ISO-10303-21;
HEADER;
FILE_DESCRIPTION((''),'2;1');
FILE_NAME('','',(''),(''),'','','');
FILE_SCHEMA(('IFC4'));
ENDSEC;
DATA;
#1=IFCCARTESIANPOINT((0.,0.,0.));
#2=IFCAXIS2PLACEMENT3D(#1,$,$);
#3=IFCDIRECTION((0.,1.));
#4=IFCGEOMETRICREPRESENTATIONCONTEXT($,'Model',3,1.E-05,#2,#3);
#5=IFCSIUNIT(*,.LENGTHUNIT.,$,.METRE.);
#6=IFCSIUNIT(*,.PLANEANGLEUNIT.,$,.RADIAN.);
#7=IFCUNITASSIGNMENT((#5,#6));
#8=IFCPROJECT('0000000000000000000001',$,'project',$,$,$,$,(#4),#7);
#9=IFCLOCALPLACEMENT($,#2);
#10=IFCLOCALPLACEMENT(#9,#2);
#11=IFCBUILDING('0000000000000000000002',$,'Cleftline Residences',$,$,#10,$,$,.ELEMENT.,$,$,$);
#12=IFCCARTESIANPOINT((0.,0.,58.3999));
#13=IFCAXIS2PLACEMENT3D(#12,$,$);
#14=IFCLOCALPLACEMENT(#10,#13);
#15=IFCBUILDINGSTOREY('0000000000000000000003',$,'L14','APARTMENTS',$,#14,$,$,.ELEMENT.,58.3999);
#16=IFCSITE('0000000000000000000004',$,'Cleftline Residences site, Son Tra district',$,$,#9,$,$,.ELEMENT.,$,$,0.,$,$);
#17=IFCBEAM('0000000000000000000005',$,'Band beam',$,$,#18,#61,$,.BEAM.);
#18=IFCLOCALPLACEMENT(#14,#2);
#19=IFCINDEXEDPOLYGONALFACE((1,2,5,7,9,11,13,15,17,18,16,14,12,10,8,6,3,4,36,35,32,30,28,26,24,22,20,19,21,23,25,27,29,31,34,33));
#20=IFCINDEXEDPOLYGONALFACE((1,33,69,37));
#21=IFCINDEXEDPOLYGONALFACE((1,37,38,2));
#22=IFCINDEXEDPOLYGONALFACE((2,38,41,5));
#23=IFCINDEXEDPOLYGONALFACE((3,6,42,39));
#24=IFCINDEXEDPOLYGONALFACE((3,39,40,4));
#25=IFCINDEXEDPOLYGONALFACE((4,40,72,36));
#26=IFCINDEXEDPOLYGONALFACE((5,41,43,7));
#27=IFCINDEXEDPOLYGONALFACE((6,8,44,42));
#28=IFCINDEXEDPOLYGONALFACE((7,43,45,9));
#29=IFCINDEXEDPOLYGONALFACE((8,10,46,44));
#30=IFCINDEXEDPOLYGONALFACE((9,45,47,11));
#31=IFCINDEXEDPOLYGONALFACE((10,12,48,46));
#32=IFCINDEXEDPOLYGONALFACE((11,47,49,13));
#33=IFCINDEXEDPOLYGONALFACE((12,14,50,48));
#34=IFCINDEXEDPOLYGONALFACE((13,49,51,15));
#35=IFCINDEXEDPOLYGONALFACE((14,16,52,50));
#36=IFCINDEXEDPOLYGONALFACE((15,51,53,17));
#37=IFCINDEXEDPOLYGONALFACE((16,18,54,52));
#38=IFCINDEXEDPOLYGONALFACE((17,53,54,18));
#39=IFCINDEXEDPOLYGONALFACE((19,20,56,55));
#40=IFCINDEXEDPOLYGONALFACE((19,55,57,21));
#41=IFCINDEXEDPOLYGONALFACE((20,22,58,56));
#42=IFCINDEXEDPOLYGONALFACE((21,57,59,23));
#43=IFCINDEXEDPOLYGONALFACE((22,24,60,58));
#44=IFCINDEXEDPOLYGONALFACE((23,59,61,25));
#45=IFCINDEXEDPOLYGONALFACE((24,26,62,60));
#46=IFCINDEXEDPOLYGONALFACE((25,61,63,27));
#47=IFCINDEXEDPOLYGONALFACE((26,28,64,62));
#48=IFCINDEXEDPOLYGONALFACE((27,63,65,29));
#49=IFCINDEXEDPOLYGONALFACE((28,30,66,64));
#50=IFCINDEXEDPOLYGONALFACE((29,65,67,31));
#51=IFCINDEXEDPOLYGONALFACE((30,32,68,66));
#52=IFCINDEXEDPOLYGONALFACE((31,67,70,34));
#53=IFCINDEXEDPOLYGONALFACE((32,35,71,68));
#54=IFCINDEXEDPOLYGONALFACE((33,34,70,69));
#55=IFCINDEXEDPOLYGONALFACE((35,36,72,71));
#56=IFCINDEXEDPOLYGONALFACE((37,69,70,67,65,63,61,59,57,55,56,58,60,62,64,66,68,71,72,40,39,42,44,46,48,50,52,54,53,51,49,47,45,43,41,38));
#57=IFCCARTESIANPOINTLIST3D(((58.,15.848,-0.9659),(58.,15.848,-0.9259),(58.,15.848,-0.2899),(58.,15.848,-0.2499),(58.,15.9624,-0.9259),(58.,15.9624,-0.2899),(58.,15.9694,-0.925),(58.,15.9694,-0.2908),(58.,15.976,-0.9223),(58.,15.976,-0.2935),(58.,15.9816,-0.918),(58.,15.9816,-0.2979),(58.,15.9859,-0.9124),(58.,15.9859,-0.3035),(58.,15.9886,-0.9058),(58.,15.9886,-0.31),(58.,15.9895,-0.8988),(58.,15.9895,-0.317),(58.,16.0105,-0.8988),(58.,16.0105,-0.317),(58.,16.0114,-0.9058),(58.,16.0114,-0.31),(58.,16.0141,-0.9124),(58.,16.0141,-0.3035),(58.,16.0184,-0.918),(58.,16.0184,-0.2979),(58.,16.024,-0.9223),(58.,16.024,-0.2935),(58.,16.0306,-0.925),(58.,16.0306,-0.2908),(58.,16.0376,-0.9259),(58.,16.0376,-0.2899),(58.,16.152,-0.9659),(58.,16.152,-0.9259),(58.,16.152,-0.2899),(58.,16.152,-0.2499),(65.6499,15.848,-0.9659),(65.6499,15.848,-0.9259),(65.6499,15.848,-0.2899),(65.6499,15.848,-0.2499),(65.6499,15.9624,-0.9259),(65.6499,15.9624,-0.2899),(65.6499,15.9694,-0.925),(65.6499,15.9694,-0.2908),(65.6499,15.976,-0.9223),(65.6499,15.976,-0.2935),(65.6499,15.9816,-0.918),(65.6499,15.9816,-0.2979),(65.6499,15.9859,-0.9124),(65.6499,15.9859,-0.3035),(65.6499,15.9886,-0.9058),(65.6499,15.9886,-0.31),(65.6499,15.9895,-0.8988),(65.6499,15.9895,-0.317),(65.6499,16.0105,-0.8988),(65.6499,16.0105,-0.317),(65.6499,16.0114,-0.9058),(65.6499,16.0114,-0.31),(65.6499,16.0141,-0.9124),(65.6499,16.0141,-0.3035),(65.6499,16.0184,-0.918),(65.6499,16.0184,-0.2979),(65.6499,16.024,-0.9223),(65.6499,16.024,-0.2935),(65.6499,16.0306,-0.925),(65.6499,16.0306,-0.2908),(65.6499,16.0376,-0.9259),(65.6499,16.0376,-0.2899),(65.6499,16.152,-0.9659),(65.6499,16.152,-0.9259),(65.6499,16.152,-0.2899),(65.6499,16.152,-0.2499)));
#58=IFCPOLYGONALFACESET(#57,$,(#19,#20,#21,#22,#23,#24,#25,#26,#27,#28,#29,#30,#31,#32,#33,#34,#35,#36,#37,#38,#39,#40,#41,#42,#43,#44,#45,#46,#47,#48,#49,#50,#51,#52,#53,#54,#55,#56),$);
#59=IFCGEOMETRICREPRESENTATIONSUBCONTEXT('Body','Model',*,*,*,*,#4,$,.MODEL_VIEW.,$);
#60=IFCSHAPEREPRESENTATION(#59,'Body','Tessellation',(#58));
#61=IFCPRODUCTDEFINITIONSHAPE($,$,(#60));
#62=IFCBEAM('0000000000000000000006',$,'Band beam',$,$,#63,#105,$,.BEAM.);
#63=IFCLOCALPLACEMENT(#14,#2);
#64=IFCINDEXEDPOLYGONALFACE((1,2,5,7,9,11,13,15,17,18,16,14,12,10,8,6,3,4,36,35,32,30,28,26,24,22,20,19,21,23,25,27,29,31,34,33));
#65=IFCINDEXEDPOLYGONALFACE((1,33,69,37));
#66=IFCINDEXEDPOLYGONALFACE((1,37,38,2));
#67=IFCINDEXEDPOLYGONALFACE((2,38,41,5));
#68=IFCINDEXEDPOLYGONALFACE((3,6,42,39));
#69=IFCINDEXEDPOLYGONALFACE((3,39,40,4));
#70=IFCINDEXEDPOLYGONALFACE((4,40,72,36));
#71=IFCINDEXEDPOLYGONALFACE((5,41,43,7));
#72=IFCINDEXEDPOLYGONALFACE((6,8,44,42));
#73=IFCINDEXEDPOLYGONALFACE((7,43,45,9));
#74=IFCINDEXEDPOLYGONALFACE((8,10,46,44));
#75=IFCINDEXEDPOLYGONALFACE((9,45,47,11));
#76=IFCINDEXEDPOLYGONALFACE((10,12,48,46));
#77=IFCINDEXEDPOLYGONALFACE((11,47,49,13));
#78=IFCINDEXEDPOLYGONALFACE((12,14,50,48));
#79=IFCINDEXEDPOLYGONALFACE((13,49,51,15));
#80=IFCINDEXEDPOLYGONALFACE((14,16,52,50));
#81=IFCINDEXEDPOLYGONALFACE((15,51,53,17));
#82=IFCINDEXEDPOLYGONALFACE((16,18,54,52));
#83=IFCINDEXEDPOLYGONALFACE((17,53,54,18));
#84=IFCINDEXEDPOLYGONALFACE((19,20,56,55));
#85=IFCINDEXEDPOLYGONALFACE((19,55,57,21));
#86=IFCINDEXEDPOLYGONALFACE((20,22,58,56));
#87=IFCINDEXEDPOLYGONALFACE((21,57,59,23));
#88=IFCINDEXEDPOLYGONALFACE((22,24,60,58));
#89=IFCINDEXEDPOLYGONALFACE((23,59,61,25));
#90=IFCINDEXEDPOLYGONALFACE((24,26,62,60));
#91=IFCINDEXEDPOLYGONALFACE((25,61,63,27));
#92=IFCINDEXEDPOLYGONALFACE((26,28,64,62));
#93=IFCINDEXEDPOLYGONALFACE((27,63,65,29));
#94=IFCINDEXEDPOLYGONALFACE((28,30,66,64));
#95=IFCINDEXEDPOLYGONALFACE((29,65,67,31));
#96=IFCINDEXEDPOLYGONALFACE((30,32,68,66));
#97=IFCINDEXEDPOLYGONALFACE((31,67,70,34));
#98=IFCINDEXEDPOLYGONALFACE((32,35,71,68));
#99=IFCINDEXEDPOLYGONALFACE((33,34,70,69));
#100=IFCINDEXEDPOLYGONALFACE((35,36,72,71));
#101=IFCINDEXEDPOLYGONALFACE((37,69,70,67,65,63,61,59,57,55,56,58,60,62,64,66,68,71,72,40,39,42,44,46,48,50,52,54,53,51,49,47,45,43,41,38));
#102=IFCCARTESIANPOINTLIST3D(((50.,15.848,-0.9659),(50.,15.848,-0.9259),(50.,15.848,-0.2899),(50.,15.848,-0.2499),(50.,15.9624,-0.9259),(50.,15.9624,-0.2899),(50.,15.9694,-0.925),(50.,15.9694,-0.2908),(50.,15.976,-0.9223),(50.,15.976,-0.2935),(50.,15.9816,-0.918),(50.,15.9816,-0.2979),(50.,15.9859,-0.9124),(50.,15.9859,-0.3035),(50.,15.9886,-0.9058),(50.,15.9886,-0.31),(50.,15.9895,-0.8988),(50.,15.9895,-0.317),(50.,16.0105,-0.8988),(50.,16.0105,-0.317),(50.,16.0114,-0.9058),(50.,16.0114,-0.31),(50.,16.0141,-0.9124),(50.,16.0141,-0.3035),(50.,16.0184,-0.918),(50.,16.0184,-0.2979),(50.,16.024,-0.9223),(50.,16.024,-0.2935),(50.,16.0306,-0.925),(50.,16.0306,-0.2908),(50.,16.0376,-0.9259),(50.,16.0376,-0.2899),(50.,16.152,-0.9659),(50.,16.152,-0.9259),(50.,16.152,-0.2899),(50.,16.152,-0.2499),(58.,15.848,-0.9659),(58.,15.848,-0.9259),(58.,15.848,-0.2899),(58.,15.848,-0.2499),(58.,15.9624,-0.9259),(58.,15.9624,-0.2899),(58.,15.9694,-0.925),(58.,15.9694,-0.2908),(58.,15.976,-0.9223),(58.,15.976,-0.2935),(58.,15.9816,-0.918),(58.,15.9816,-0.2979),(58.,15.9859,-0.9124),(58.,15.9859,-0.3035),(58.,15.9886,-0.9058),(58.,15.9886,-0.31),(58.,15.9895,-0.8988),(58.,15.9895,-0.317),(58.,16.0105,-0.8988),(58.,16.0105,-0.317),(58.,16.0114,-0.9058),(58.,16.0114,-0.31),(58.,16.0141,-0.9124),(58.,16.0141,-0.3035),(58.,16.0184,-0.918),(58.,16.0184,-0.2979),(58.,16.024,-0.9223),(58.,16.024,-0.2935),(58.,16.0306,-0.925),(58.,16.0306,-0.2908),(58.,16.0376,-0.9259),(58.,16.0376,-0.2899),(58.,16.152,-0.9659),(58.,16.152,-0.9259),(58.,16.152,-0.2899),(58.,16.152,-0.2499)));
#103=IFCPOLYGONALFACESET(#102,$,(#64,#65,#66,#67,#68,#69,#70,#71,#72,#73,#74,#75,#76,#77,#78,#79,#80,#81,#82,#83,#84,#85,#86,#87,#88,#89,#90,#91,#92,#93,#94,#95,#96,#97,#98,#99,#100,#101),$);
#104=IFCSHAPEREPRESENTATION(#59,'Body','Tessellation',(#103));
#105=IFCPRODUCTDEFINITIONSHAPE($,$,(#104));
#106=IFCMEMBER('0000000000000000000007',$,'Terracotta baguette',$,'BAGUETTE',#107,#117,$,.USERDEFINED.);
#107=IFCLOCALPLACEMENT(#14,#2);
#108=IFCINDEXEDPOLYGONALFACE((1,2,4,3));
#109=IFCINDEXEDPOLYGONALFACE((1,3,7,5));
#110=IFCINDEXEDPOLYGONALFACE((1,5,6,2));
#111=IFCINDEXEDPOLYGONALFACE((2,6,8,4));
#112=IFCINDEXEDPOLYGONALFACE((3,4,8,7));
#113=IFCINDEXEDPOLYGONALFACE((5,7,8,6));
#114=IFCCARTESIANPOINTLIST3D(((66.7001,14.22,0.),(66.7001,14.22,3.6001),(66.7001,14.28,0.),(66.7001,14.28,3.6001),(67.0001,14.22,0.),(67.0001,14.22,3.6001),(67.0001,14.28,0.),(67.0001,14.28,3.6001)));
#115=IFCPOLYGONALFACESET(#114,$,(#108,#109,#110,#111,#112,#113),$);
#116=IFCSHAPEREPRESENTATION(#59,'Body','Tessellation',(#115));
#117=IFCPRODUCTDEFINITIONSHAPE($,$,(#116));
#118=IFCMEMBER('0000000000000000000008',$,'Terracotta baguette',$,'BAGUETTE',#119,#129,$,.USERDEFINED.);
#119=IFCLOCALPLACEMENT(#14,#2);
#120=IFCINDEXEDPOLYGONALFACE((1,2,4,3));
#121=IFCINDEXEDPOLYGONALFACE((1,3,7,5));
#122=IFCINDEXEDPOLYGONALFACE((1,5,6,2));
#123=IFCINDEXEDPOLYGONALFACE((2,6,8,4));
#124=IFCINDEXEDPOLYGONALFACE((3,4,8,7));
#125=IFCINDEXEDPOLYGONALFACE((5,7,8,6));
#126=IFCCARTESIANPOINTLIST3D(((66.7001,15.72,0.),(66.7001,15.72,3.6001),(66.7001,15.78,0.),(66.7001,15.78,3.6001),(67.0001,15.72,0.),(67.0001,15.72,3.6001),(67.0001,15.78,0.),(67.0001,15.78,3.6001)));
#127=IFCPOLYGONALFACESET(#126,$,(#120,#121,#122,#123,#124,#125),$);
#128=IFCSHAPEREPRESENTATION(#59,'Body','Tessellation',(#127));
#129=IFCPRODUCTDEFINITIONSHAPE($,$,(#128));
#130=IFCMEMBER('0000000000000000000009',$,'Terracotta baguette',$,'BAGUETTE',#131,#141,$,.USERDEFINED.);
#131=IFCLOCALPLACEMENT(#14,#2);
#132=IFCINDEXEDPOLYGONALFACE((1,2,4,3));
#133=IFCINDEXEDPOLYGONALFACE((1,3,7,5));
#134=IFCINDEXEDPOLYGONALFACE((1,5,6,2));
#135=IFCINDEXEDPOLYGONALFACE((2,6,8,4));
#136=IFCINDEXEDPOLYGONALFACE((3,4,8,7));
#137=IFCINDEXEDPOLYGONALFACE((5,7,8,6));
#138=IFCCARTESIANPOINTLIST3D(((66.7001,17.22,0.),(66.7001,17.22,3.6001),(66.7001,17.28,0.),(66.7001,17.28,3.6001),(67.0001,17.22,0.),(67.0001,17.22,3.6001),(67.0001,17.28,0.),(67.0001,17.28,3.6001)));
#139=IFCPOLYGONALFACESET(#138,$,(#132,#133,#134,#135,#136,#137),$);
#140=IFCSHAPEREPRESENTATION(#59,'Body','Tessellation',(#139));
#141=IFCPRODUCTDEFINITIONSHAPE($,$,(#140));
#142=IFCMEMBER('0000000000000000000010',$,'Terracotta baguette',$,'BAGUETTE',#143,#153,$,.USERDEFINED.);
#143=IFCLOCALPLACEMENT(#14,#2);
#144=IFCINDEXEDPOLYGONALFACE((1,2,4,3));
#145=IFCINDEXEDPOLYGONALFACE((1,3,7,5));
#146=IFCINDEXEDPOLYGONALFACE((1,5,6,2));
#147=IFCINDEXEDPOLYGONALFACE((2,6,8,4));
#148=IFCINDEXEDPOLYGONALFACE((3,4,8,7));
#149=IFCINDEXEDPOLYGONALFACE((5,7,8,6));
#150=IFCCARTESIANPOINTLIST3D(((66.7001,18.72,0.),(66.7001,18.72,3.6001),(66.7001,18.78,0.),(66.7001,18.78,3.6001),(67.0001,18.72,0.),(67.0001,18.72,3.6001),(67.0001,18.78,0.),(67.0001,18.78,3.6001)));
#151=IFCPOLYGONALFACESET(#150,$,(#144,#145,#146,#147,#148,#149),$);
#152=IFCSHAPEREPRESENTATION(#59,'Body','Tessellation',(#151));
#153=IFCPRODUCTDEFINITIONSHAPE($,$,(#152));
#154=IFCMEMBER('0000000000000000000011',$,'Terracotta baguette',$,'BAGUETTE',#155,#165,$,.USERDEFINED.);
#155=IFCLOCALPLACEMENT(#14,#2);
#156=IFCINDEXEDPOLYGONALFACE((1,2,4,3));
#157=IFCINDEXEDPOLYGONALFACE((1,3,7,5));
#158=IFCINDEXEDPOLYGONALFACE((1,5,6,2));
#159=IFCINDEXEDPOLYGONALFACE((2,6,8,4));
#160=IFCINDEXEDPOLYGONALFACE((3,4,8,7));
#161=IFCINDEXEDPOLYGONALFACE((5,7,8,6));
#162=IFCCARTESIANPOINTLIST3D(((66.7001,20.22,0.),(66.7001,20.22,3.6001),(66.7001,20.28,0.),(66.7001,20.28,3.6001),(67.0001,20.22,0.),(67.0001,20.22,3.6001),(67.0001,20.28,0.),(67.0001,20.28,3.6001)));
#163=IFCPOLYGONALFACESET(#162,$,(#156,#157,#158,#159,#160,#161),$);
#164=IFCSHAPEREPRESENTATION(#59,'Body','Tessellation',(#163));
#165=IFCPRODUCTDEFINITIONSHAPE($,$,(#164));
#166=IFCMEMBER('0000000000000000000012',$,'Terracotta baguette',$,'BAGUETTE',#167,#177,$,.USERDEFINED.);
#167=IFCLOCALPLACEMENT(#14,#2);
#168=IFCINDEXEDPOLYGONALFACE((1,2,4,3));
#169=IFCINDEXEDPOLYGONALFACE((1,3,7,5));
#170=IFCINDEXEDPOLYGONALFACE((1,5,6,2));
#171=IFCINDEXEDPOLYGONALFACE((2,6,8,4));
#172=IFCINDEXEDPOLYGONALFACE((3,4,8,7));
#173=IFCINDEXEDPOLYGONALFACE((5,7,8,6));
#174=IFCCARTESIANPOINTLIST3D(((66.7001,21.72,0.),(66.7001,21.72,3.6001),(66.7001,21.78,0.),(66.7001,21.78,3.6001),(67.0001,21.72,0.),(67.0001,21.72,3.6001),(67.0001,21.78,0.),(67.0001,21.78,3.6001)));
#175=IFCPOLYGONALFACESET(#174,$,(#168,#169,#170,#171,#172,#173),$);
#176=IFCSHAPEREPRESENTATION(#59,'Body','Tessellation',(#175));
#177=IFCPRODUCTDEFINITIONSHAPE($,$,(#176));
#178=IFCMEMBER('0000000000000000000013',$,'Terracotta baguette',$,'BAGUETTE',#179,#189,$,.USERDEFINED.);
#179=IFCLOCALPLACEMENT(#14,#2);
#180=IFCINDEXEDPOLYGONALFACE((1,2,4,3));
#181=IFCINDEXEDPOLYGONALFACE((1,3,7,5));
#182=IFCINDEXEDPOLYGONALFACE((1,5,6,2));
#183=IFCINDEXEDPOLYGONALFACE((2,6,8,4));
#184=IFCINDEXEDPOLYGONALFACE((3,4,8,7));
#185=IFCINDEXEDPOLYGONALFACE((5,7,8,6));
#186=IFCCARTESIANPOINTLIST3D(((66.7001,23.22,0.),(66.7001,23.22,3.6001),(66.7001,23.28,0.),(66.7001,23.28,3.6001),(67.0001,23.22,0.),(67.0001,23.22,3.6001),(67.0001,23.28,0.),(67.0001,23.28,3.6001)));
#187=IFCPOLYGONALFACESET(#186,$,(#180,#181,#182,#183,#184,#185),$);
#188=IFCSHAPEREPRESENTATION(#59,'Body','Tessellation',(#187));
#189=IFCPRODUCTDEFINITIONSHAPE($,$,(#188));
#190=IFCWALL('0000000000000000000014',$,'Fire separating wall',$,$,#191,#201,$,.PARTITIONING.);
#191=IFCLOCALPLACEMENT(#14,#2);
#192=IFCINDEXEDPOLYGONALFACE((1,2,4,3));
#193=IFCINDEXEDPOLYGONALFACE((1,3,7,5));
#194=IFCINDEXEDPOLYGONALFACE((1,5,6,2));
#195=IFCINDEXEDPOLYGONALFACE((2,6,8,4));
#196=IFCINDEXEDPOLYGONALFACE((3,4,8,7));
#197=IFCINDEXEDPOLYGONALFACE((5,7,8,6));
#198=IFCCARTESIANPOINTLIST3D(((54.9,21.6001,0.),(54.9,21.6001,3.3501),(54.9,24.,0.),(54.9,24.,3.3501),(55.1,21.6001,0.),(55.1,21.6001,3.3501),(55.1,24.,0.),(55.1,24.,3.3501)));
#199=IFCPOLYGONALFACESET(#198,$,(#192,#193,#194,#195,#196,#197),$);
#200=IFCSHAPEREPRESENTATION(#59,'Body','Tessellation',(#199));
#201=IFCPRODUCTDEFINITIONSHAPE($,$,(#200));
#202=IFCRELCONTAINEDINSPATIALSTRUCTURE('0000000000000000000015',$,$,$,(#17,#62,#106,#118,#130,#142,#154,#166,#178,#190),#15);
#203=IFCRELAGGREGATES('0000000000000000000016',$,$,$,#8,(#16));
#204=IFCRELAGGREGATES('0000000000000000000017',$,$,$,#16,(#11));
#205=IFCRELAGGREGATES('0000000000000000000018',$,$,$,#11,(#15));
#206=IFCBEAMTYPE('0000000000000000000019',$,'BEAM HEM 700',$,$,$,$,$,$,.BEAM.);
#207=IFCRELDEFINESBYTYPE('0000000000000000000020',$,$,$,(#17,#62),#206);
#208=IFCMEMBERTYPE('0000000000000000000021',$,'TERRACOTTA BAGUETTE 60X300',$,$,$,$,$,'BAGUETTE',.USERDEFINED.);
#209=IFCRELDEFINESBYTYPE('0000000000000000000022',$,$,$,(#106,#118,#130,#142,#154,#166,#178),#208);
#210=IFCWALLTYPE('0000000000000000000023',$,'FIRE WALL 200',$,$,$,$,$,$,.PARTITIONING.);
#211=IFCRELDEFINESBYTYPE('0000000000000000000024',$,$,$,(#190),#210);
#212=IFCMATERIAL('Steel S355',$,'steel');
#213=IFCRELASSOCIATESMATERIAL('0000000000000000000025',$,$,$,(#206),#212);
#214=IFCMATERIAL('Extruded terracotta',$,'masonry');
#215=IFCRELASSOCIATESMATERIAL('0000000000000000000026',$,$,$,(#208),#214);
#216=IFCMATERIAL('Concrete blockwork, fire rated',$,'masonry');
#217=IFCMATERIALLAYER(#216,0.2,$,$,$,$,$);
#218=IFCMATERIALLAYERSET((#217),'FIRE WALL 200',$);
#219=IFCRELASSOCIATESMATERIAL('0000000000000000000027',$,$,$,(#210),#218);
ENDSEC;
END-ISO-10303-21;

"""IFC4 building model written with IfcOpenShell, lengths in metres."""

from ifc_helpers import new_model, si_unit, direction, frame, frame_2d, origin, origin_2d, place, context, subcontext, project, spatial, rectangle, i_section, extrude, material, layer, layer_set, material_profile, profile_set, type_object, element, save


model = new_model("IFC4")

# Units and contexts
model_context = context("Model", 3, precision=1e-05, world=origin(), true_north=direction((0.0, 1.0)))
body_context = subcontext(model_context, "Body", "Model", "MODEL_VIEW")
ifc_project = project(units=[si_unit("LENGTHUNIT", "METRE"), si_unit("PLANEANGLEUNIT", "RADIAN")], contexts=[model_context])

# Site, building, storey
site_placement = place(None, origin())
site = spatial("IfcSite", under=ifc_project, at=site_placement, Name="Cleftline Residences site, Son Tra district", CompositionType="ELEMENT", RefElevation=0.0)
building_placement = place(site_placement, origin())
building = spatial("IfcBuilding", under=site, at=building_placement, Name="Cleftline Residences", CompositionType="ELEMENT")
storey_placement = place(building_placement, frame((0.0, 0.0, 58.3999)))
storey = spatial("IfcBuildingStorey", under=building, at=storey_placement, Name="L14", Description="APARTMENTS", CompositionType="ELEMENT", Elevation=58.3999)

# Beams
ifc_material_1 = material(Name="Steel S355", Category="steel")
ifc_material_profile_1 = material_profile(ifc_material_1, i_section(OverallWidth=0.304, OverallDepth=0.7161, WebThickness=0.021, FlangeThickness=0.04, FilletRadius=0.0271, at=origin_2d()))
ifc_profile_set_1 = profile_set([ifc_material_profile_1], Name="Steel S355")
beam_type_1 = type_object("IfcBeamType", Name="BEAM HEM 700", PredefinedType="BEAM", material=ifc_profile_set_1)
beam_1_placement = place(storey_placement, frame((65.6499, 16.0, -0.6079), z_axis=(-1.0, 0.0, 0.0), x_axis=(0.0, -1.0, 0.0)))
element("IfcBeam", 1, at=beam_1_placement, inside=storey, type_object=beam_type_1, Name="Band beam", PredefinedType="BEAM", context=body_context, shape_type="SweptSolid", body=[
    extrude(i_section(OverallWidth=0.304, OverallDepth=0.7161, WebThickness=0.021, FlangeThickness=0.04, FilletRadius=0.0271, at=origin_2d()), origin(), (0.0, 0.0, 1.0), 7.6499),
])
beam_2_placement = place(storey_placement, frame((58.0, 16.0, -0.6079), z_axis=(-1.0, 0.0, 0.0), x_axis=(0.0, -1.0, 0.0)))
element("IfcBeam", 2, at=beam_2_placement, inside=storey, type_object=beam_type_1, Name="Band beam", PredefinedType="BEAM", context=body_context, shape_type="SweptSolid", body=[
    extrude(i_section(OverallWidth=0.304, OverallDepth=0.7161, WebThickness=0.021, FlangeThickness=0.04, FilletRadius=0.0271, at=origin_2d()), origin(), (0.0, 0.0, 1.0), 8.0),
])

# Members
ifc_material_2 = material(Name="Extruded terracotta", Category="masonry")
ifc_material_profile_2 = material_profile(ifc_material_2, rectangle(XDim=0.0601, YDim=0.3, at=origin_2d()))
ifc_profile_set_2 = profile_set([ifc_material_profile_2], Name="Extruded terracotta")
member_type_1 = type_object("IfcMemberType", Name="TERRACOTTA BAGUETTE 60X300", ElementType="BAGUETTE", PredefinedType="USERDEFINED", material=ifc_profile_set_2)
for number, where, z_axis, x_axis, name in (
    (3, (66.8501, 14.25, 0.0), (0.0, 0.0, 1.0), (0.0, 1.0, 0.0), "Terracotta baguette"),
    (4, (66.8501, 15.75, 0.0), (0.0, 0.0, 1.0), (0.0, 1.0, 0.0), "Terracotta baguette"),
    (5, (66.8501, 17.25, 0.0), (0.0, 0.0, 1.0), (0.0, 1.0, 0.0), "Terracotta baguette"),
    (6, (66.8501, 18.75, 0.0), (0.0, 0.0, 1.0), (0.0, 1.0, 0.0), "Terracotta baguette"),
    (7, (66.8501, 20.25, 0.0), (0.0, 0.0, 1.0), (0.0, 1.0, 0.0), "Terracotta baguette"),
    (8, (66.8501, 21.75, 0.0), (0.0, 0.0, 1.0), (0.0, 1.0, 0.0), "Terracotta baguette"),
    (9, (66.8501, 23.25, 0.0), (0.0, 0.0, 1.0), (0.0, 1.0, 0.0), "Terracotta baguette"),
):
    element("IfcMember", number, at=place(storey_placement, frame(where, z_axis=z_axis, x_axis=x_axis)), inside=storey, type_object=member_type_1, Name=name, ObjectType="BAGUETTE", PredefinedType="USERDEFINED", context=body_context, shape_type="SweptSolid", body=[
        extrude(rectangle(XDim=0.0601, YDim=0.3, at=origin_2d()), origin(), (0.0, 0.0, 1.0), 3.6001),
    ])

# Wall
ifc_material_3 = material(Name="Concrete blockwork, fire rated", Category="masonry")
ifc_layer_1 = layer(ifc_material_3, 0.2)
ifc_layer_set_1 = layer_set([ifc_layer_1], Name="FIRE WALL 200")
wall_type_1 = type_object("IfcWallType", Name="FIRE WALL 200", PredefinedType="PARTITIONING", material=ifc_layer_set_1)
wall_1_placement = place(storey_placement, frame((55.0, 21.6001, 0.0), z_axis=(0.0, 0.0, 1.0), x_axis=(0.0, 1.0, 0.0)))
element("IfcWall", 10, at=wall_1_placement, inside=storey, type_object=wall_type_1, Name="Fire separating wall", PredefinedType="PARTITIONING", context=body_context, shape_type="SweptSolid", body=[
    extrude(rectangle(XDim=2.3999, YDim=0.2, at=frame_2d((1.2, 0.0))), origin(), (0.0, 0.0, 1.0), 3.3501),
])

save(model, "model.ifc")
